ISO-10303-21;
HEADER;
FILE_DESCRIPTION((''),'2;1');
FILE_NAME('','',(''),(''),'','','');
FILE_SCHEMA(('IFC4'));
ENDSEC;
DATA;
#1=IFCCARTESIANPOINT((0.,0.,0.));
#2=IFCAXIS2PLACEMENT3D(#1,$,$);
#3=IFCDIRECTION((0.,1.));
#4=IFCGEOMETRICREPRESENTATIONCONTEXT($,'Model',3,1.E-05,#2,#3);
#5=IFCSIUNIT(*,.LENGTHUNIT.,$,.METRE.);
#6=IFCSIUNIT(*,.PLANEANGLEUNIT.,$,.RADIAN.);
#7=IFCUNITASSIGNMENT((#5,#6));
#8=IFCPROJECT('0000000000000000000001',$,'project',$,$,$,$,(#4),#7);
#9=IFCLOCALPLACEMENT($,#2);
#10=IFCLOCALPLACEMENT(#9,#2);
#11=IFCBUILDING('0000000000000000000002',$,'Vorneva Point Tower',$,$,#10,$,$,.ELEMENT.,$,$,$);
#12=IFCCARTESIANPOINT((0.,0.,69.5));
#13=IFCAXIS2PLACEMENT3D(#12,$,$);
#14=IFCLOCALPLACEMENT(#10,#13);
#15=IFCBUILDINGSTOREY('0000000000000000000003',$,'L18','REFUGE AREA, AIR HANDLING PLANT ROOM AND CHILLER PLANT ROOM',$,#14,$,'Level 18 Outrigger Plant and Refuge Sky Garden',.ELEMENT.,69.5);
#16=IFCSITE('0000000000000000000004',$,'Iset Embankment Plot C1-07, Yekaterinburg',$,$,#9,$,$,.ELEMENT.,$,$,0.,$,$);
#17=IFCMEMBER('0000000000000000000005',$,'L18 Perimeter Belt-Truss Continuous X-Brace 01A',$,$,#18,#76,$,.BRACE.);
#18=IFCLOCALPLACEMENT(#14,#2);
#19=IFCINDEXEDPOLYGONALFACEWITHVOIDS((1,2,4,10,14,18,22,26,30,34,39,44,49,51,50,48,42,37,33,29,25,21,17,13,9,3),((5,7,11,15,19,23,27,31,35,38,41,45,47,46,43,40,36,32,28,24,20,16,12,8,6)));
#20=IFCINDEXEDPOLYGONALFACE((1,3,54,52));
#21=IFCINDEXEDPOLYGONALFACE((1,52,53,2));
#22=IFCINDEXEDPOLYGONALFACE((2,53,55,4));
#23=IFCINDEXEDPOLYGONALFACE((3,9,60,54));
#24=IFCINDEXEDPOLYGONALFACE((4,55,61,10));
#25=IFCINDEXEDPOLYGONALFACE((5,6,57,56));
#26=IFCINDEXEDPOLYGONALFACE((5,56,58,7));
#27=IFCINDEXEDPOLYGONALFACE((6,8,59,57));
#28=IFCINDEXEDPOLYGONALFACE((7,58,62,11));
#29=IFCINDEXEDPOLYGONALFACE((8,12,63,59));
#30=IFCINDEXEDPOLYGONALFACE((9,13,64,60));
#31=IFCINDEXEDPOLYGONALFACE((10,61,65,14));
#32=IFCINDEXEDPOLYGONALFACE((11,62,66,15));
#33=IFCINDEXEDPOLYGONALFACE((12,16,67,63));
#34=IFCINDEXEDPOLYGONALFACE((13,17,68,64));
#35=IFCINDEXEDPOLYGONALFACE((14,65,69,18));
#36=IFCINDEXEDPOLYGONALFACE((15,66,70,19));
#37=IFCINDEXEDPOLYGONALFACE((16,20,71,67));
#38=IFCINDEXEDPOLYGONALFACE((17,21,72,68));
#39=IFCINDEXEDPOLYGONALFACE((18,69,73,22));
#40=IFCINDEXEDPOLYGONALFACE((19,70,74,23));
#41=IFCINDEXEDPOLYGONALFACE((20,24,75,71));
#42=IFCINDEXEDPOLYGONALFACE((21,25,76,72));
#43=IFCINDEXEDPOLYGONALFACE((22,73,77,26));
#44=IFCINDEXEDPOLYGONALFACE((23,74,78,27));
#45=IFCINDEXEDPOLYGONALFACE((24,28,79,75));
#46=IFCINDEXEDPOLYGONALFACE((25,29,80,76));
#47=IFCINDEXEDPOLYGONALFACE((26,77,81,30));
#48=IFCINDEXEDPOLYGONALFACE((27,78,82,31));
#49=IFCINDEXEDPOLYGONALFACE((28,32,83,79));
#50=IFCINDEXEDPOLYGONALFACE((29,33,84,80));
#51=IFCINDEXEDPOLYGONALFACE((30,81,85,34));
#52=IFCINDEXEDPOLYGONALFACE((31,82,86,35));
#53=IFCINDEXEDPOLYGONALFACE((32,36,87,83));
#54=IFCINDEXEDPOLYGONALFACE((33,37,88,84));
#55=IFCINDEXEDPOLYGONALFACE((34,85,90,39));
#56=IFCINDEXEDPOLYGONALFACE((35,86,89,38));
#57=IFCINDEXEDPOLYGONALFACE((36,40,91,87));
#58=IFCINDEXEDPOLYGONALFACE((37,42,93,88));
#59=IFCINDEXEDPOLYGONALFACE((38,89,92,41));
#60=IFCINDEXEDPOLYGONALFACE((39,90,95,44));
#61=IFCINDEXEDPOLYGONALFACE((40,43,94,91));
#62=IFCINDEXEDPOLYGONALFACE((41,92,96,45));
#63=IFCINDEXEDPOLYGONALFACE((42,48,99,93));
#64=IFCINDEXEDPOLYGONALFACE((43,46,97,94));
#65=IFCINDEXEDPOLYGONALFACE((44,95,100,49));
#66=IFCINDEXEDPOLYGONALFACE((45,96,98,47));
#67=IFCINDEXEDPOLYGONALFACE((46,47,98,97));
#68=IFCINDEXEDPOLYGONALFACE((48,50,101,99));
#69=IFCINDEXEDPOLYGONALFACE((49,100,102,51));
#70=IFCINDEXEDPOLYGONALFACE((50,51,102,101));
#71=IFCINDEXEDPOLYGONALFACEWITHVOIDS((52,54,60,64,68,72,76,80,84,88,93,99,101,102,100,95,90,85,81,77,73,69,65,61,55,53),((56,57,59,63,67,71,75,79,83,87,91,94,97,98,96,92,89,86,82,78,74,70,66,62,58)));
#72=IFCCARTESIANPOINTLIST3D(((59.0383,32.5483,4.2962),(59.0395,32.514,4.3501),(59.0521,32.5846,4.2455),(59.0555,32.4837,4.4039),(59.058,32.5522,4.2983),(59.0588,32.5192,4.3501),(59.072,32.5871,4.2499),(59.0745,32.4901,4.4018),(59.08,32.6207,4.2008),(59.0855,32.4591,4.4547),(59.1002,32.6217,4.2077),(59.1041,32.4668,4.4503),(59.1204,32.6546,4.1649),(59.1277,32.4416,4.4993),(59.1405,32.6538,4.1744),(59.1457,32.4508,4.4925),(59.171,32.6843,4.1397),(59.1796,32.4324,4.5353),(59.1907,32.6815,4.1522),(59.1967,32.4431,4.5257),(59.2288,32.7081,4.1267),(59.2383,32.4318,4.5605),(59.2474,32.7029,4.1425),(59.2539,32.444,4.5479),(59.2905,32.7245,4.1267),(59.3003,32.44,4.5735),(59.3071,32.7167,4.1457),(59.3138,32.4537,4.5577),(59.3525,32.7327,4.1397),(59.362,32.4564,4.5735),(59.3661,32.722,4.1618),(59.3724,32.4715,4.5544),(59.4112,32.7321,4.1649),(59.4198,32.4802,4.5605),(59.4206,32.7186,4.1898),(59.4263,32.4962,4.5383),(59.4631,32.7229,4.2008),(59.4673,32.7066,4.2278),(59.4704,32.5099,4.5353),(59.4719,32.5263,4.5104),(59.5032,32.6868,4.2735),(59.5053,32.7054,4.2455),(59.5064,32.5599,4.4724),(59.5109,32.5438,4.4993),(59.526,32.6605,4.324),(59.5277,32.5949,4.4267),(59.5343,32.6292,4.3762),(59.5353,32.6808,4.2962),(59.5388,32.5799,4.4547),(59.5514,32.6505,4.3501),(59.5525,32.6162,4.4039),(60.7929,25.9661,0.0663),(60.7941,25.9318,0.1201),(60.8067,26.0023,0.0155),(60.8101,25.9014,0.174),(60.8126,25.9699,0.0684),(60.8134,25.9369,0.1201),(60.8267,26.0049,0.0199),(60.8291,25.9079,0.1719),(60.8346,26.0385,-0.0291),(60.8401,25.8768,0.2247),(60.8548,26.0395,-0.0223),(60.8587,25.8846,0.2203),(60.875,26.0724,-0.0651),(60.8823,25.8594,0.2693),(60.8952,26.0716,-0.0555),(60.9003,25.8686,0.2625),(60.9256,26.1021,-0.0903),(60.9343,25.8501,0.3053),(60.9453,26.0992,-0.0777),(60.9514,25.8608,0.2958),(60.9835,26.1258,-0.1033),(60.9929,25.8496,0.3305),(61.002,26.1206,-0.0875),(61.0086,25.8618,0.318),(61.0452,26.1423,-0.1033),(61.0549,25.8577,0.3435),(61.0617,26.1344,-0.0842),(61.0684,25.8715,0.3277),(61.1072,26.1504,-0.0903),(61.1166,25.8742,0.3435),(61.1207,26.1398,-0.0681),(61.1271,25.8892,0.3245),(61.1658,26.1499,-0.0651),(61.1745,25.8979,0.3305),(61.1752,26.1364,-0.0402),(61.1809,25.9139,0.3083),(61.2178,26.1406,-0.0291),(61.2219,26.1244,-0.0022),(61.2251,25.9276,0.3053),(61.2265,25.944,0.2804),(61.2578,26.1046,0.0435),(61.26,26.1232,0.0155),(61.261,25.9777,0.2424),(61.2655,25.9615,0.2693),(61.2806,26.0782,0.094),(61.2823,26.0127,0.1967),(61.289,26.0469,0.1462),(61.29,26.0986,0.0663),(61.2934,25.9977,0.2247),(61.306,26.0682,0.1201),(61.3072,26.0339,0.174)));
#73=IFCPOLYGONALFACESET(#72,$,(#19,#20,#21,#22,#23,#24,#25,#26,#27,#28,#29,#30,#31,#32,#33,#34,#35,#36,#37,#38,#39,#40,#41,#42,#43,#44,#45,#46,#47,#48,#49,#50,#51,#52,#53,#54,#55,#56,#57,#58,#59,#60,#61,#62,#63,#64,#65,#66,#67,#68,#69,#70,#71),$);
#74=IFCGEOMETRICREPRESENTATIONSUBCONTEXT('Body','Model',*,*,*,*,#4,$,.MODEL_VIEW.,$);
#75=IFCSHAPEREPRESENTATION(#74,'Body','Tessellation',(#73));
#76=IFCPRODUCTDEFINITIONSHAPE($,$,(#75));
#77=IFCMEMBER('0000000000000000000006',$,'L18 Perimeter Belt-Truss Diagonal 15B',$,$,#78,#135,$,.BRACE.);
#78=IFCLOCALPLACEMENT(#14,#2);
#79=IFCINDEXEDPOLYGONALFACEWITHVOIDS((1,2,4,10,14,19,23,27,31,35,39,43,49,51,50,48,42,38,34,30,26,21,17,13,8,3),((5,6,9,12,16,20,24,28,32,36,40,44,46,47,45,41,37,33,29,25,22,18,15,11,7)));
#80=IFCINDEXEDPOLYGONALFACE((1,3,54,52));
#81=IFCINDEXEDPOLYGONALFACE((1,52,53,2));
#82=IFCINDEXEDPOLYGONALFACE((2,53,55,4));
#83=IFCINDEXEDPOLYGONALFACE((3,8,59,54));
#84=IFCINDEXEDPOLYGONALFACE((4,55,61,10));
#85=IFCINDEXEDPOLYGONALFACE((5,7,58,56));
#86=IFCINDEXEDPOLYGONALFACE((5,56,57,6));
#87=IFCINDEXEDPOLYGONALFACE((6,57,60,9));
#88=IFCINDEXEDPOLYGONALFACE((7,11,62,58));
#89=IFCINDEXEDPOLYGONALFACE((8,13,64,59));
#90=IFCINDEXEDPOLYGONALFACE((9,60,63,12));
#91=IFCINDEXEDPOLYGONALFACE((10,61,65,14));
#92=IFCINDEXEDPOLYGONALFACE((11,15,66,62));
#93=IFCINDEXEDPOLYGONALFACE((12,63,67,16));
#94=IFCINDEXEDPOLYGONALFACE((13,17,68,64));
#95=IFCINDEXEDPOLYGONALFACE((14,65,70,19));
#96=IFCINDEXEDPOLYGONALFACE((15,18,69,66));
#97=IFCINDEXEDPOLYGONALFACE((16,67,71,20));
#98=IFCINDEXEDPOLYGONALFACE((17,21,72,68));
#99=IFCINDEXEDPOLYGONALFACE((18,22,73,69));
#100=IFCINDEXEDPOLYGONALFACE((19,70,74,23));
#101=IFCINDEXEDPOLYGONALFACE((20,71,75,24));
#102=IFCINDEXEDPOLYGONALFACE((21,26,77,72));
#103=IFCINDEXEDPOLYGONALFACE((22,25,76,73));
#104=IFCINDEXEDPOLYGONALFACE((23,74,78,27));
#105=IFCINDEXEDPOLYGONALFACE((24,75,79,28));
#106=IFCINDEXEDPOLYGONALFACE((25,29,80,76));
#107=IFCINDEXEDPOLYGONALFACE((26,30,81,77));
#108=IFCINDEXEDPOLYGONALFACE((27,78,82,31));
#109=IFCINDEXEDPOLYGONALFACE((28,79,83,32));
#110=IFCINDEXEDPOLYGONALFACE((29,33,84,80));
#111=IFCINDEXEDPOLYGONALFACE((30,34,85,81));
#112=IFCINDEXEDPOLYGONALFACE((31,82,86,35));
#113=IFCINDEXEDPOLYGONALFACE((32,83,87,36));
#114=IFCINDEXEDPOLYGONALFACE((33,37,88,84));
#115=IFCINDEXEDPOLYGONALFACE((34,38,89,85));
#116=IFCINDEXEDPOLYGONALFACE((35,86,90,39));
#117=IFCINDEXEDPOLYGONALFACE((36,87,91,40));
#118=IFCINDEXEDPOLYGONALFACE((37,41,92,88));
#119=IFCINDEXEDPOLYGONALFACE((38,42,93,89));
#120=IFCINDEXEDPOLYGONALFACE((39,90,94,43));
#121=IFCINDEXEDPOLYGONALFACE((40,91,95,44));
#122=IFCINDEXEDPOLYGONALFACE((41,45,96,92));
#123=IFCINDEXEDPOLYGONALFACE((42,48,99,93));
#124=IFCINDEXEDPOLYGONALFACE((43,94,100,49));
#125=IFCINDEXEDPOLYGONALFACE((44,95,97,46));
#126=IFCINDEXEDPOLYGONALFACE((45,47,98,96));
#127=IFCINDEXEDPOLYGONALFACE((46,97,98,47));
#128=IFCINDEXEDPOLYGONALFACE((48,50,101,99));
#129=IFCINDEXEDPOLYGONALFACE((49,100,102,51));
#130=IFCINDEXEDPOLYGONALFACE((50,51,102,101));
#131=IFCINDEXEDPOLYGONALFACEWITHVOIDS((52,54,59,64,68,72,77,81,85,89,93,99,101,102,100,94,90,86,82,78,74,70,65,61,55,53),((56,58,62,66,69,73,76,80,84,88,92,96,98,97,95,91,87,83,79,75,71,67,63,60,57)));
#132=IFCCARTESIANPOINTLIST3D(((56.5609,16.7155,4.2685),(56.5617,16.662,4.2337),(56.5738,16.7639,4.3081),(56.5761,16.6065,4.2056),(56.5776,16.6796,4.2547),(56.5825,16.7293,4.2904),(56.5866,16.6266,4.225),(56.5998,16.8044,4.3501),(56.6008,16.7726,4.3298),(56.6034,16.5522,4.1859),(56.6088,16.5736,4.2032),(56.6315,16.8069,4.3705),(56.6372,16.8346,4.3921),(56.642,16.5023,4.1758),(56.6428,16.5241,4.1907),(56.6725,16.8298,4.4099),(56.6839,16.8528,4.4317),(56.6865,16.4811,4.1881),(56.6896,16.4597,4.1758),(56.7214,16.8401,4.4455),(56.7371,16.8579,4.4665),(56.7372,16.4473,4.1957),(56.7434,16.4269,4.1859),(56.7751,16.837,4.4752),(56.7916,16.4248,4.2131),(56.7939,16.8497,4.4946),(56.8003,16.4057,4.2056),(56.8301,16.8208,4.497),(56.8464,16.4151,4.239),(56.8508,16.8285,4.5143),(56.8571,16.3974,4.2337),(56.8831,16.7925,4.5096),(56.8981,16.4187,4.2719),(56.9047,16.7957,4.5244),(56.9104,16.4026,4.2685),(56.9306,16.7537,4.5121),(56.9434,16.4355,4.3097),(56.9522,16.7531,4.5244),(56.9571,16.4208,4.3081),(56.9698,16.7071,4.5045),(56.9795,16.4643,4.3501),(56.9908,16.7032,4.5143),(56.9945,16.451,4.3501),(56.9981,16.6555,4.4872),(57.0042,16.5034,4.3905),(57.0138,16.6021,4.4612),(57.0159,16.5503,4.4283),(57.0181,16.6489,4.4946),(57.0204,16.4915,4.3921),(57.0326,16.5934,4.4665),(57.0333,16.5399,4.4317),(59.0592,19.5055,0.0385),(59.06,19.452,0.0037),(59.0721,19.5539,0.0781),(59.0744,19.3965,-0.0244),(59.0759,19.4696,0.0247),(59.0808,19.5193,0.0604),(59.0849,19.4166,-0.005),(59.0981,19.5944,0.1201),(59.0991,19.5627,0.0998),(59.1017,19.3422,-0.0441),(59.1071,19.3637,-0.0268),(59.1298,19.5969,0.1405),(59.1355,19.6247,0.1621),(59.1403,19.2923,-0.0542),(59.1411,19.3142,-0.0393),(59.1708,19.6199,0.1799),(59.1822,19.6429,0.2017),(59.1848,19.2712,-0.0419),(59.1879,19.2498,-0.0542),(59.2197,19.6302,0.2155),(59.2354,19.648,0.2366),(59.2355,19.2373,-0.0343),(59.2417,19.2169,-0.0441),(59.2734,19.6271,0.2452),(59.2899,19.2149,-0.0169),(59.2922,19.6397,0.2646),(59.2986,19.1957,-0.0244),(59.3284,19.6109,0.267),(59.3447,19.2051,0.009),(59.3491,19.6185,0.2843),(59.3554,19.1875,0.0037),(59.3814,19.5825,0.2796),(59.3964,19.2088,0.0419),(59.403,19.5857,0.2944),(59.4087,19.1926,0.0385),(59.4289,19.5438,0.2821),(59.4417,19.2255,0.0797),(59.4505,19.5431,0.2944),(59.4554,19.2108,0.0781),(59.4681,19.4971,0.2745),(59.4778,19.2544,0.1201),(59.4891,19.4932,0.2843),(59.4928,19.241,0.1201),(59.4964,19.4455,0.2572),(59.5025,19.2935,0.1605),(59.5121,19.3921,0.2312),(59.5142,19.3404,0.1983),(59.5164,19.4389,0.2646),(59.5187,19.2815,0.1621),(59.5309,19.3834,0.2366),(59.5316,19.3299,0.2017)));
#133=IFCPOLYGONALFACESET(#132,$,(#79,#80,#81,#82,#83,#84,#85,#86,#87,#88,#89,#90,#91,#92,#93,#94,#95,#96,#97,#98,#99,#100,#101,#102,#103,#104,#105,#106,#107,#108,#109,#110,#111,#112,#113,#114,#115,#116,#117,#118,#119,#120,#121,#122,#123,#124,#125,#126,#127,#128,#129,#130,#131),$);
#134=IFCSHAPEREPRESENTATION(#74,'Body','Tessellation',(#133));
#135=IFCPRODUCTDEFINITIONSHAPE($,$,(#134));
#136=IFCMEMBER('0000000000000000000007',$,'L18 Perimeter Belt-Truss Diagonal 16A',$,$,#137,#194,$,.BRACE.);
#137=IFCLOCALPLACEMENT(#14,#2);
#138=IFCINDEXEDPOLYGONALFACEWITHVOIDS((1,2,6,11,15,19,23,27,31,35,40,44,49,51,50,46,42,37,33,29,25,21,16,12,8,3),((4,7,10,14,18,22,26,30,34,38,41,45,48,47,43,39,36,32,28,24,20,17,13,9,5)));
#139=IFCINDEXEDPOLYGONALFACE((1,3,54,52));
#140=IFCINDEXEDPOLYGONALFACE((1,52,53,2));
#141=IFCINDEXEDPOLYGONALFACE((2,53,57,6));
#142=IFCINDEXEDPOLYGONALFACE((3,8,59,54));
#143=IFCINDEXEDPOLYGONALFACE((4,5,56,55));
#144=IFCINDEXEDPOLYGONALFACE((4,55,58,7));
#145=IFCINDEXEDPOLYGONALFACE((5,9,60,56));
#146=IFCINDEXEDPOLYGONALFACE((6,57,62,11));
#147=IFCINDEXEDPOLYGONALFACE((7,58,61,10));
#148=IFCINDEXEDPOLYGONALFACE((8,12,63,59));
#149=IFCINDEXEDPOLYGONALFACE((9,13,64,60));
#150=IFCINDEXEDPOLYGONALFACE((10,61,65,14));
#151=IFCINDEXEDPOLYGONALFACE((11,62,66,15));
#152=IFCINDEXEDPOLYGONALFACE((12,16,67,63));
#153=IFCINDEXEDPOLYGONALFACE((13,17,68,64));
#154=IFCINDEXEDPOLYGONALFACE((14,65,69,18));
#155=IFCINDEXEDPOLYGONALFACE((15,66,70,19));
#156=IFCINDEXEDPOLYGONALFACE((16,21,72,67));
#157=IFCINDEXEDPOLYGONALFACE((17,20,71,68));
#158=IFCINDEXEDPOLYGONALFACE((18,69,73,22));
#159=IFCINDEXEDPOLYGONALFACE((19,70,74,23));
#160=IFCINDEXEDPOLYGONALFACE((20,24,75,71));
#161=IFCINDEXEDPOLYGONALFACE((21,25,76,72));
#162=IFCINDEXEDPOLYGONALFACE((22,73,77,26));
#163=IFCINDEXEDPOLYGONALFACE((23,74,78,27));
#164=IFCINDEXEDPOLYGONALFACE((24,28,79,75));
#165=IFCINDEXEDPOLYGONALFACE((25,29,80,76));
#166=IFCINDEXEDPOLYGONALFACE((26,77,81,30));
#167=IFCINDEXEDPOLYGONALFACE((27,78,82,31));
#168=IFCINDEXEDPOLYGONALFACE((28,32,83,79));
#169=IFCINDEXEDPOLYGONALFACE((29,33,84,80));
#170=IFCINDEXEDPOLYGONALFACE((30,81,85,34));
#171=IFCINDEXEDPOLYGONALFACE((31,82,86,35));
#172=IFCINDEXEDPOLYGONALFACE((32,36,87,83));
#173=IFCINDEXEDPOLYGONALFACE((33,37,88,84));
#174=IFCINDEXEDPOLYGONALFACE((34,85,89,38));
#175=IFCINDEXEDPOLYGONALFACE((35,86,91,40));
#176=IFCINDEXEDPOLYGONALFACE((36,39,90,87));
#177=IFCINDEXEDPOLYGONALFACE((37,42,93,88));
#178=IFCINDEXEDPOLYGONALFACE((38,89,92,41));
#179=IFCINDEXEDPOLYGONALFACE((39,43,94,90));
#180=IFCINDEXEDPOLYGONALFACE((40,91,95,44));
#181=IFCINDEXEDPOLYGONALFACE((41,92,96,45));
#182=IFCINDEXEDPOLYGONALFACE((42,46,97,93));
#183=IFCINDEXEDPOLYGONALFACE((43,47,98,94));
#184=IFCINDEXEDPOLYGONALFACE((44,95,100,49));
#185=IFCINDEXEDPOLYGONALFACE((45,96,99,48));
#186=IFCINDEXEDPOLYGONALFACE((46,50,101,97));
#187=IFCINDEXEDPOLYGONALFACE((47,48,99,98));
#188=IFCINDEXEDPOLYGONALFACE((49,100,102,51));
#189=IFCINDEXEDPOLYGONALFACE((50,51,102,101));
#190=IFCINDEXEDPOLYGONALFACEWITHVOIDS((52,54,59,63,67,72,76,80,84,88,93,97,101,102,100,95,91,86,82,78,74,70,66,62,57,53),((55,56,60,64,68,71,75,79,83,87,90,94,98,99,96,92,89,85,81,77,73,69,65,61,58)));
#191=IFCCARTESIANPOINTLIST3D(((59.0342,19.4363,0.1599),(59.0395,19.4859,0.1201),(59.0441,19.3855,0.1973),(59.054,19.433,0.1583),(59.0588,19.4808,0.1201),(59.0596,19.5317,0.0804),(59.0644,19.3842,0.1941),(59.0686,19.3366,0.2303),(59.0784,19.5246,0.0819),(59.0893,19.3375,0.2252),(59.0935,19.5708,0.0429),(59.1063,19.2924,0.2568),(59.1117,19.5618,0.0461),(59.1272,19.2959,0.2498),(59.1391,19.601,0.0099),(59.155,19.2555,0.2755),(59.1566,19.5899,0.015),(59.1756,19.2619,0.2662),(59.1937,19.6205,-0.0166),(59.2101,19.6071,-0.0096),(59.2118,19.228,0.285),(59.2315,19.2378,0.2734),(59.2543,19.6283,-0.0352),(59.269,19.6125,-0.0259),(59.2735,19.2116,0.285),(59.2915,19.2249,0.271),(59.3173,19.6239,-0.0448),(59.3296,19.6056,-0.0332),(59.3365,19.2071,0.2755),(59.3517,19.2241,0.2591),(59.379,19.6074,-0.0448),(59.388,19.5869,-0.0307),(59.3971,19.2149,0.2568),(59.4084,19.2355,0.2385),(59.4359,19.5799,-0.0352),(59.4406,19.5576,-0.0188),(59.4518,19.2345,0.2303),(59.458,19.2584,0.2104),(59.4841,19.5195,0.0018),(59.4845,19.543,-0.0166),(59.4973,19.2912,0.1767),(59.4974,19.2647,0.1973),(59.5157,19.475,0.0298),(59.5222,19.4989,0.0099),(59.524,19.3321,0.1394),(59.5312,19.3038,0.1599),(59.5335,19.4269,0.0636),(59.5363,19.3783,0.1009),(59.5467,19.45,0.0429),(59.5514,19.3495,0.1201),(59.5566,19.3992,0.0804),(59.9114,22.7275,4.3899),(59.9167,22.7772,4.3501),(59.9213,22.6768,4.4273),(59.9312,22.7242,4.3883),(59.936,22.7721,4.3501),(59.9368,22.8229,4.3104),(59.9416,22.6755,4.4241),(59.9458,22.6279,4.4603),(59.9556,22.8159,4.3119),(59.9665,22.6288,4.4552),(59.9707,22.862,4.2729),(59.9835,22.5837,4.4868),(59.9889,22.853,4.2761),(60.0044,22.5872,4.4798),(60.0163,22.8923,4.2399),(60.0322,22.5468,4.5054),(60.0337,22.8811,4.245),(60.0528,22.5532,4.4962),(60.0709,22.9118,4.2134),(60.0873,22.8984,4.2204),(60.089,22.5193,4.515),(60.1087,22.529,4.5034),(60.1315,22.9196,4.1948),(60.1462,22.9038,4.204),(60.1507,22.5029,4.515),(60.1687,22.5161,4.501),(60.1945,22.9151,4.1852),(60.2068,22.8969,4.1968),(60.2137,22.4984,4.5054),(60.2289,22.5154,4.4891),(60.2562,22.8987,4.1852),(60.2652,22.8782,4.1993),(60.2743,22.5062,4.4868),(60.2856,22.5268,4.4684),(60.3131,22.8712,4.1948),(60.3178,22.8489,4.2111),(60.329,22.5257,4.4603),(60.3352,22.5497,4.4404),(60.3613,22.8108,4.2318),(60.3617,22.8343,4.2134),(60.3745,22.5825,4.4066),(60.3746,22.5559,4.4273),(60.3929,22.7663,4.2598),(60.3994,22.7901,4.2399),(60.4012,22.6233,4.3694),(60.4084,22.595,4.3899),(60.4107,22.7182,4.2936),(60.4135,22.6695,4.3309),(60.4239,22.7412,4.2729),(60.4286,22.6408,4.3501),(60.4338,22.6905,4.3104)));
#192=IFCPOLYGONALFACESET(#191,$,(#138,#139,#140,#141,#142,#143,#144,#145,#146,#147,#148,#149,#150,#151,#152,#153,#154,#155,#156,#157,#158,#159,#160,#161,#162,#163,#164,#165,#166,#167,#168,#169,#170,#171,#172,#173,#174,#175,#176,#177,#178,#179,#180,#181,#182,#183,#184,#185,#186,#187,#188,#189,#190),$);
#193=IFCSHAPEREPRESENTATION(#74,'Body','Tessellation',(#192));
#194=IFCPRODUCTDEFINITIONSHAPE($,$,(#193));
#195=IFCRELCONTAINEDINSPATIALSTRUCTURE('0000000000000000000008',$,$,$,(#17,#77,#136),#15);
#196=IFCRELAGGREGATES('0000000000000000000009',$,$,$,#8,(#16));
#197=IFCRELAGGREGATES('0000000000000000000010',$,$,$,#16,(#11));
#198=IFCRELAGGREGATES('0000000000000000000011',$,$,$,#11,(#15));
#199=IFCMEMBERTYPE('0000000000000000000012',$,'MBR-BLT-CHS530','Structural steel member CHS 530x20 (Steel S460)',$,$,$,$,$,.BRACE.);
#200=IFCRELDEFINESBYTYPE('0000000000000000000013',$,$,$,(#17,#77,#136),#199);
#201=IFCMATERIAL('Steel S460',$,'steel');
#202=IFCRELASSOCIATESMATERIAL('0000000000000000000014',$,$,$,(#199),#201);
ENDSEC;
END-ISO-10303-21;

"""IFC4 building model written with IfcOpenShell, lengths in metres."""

from ifc_helpers import new_model, si_unit, direction, frame, origin, origin_2d, place, context, subcontext, project, spatial, hollow_circle, extrude, material, material_profile, profile_set, type_object, element, save


model = new_model("IFC4")

# Units and contexts
model_context = context("Model", 3, precision=1e-05, world=origin(), true_north=direction((0.0, 1.0)))
body_context = subcontext(model_context, "Body", "Model", "MODEL_VIEW")
ifc_project = project(units=[si_unit("LENGTHUNIT", "METRE"), si_unit("PLANEANGLEUNIT", "RADIAN")], contexts=[model_context])

# Site, building, storey
site_placement = place(None, origin())
site = spatial("IfcSite", under=ifc_project, at=site_placement, Name="Iset Embankment Plot C1-07, Yekaterinburg", CompositionType="ELEMENT", RefElevation=0.0)
building_placement = place(site_placement, origin())
building = spatial("IfcBuilding", under=site, at=building_placement, Name="Vorneva Point Tower", CompositionType="ELEMENT")
storey_placement = place(building_placement, frame((0.0, 0.0, 69.5)))
storey = spatial("IfcBuildingStorey", under=building, at=storey_placement, Name="L18", Description="REFUGE AREA, AIR HANDLING PLANT ROOM AND CHILLER PLANT ROOM", LongName="Level 18 Outrigger Plant and Refuge Sky Garden", CompositionType="ELEMENT", Elevation=69.5)

# Shared definitions
ifc_material_1 = material(Name="Steel S460", Category="steel")

# Members
ifc_material_profile_1 = material_profile(ifc_material_1, hollow_circle(Radius=0.2649, WallThickness=0.02, at=origin_2d()), Name="CHS 530x20")
ifc_profile_set_1 = profile_set([ifc_material_profile_1], Name="Steel S460")
member_type = type_object("IfcMemberType", Name="MBR-BLT-CHS530", Description="Structural steel member CHS 530x20 (Steel S460)", PredefinedType="BRACE", material=ifc_profile_set_1)
member_1_placement = place(storey_placement, frame((61.05, 26.0, 0.1201), z_axis=(-0.218821, 0.820877, 0.527522), x_axis=(-0.966258, -0.257576, 0.0)))
element("IfcMember", 1, at=member_1_placement, inside=storey, type_object=member_type, Name="L18 Perimeter Belt-Truss Continuous X-Brace 01A", PredefinedType="BRACE", context=body_context, shape_type="SweptSolid", body=[
    extrude(hollow_circle(Radius=0.2649, WallThickness=0.02, at=origin_2d()), origin(), (0.0, 0.0, 1.0), 8.0186),
])
member_2_placement = place(storey_placement, frame((59.2954, 19.4177, 0.1201), z_axis=(-0.442203, -0.493843, 0.748716), x_axis=(0.744984, -0.667083, 0.0)))
element("IfcMember", 2, at=member_2_placement, inside=storey, type_object=member_type, Name="L18 Perimeter Belt-Truss Diagonal 15B", PredefinedType="BRACE", context=body_context, shape_type="SweptSolid", body=[
    extrude(hollow_circle(Radius=0.2649, WallThickness=0.02, at=origin_2d()), origin(), (0.0, 0.0, 1.0), 5.6497),
])
member_3_placement = place(storey_placement, frame((59.2954, 19.4177, 0.1201), z_axis=(0.16152, 0.606026, 0.778874), x_axis=(-0.966269, 0.257533, 0.0)))
element("IfcMember", 3, at=member_3_placement, inside=storey, type_object=member_type, Name="L18 Perimeter Belt-Truss Diagonal 16A", PredefinedType="BRACE", context=body_context, shape_type="SweptSolid", body=[
    extrude(hollow_circle(Radius=0.2649, WallThickness=0.02, at=origin_2d()), origin(), (0.0, 0.0, 1.0), 5.4309),
])

save(model, "model.ifc")
